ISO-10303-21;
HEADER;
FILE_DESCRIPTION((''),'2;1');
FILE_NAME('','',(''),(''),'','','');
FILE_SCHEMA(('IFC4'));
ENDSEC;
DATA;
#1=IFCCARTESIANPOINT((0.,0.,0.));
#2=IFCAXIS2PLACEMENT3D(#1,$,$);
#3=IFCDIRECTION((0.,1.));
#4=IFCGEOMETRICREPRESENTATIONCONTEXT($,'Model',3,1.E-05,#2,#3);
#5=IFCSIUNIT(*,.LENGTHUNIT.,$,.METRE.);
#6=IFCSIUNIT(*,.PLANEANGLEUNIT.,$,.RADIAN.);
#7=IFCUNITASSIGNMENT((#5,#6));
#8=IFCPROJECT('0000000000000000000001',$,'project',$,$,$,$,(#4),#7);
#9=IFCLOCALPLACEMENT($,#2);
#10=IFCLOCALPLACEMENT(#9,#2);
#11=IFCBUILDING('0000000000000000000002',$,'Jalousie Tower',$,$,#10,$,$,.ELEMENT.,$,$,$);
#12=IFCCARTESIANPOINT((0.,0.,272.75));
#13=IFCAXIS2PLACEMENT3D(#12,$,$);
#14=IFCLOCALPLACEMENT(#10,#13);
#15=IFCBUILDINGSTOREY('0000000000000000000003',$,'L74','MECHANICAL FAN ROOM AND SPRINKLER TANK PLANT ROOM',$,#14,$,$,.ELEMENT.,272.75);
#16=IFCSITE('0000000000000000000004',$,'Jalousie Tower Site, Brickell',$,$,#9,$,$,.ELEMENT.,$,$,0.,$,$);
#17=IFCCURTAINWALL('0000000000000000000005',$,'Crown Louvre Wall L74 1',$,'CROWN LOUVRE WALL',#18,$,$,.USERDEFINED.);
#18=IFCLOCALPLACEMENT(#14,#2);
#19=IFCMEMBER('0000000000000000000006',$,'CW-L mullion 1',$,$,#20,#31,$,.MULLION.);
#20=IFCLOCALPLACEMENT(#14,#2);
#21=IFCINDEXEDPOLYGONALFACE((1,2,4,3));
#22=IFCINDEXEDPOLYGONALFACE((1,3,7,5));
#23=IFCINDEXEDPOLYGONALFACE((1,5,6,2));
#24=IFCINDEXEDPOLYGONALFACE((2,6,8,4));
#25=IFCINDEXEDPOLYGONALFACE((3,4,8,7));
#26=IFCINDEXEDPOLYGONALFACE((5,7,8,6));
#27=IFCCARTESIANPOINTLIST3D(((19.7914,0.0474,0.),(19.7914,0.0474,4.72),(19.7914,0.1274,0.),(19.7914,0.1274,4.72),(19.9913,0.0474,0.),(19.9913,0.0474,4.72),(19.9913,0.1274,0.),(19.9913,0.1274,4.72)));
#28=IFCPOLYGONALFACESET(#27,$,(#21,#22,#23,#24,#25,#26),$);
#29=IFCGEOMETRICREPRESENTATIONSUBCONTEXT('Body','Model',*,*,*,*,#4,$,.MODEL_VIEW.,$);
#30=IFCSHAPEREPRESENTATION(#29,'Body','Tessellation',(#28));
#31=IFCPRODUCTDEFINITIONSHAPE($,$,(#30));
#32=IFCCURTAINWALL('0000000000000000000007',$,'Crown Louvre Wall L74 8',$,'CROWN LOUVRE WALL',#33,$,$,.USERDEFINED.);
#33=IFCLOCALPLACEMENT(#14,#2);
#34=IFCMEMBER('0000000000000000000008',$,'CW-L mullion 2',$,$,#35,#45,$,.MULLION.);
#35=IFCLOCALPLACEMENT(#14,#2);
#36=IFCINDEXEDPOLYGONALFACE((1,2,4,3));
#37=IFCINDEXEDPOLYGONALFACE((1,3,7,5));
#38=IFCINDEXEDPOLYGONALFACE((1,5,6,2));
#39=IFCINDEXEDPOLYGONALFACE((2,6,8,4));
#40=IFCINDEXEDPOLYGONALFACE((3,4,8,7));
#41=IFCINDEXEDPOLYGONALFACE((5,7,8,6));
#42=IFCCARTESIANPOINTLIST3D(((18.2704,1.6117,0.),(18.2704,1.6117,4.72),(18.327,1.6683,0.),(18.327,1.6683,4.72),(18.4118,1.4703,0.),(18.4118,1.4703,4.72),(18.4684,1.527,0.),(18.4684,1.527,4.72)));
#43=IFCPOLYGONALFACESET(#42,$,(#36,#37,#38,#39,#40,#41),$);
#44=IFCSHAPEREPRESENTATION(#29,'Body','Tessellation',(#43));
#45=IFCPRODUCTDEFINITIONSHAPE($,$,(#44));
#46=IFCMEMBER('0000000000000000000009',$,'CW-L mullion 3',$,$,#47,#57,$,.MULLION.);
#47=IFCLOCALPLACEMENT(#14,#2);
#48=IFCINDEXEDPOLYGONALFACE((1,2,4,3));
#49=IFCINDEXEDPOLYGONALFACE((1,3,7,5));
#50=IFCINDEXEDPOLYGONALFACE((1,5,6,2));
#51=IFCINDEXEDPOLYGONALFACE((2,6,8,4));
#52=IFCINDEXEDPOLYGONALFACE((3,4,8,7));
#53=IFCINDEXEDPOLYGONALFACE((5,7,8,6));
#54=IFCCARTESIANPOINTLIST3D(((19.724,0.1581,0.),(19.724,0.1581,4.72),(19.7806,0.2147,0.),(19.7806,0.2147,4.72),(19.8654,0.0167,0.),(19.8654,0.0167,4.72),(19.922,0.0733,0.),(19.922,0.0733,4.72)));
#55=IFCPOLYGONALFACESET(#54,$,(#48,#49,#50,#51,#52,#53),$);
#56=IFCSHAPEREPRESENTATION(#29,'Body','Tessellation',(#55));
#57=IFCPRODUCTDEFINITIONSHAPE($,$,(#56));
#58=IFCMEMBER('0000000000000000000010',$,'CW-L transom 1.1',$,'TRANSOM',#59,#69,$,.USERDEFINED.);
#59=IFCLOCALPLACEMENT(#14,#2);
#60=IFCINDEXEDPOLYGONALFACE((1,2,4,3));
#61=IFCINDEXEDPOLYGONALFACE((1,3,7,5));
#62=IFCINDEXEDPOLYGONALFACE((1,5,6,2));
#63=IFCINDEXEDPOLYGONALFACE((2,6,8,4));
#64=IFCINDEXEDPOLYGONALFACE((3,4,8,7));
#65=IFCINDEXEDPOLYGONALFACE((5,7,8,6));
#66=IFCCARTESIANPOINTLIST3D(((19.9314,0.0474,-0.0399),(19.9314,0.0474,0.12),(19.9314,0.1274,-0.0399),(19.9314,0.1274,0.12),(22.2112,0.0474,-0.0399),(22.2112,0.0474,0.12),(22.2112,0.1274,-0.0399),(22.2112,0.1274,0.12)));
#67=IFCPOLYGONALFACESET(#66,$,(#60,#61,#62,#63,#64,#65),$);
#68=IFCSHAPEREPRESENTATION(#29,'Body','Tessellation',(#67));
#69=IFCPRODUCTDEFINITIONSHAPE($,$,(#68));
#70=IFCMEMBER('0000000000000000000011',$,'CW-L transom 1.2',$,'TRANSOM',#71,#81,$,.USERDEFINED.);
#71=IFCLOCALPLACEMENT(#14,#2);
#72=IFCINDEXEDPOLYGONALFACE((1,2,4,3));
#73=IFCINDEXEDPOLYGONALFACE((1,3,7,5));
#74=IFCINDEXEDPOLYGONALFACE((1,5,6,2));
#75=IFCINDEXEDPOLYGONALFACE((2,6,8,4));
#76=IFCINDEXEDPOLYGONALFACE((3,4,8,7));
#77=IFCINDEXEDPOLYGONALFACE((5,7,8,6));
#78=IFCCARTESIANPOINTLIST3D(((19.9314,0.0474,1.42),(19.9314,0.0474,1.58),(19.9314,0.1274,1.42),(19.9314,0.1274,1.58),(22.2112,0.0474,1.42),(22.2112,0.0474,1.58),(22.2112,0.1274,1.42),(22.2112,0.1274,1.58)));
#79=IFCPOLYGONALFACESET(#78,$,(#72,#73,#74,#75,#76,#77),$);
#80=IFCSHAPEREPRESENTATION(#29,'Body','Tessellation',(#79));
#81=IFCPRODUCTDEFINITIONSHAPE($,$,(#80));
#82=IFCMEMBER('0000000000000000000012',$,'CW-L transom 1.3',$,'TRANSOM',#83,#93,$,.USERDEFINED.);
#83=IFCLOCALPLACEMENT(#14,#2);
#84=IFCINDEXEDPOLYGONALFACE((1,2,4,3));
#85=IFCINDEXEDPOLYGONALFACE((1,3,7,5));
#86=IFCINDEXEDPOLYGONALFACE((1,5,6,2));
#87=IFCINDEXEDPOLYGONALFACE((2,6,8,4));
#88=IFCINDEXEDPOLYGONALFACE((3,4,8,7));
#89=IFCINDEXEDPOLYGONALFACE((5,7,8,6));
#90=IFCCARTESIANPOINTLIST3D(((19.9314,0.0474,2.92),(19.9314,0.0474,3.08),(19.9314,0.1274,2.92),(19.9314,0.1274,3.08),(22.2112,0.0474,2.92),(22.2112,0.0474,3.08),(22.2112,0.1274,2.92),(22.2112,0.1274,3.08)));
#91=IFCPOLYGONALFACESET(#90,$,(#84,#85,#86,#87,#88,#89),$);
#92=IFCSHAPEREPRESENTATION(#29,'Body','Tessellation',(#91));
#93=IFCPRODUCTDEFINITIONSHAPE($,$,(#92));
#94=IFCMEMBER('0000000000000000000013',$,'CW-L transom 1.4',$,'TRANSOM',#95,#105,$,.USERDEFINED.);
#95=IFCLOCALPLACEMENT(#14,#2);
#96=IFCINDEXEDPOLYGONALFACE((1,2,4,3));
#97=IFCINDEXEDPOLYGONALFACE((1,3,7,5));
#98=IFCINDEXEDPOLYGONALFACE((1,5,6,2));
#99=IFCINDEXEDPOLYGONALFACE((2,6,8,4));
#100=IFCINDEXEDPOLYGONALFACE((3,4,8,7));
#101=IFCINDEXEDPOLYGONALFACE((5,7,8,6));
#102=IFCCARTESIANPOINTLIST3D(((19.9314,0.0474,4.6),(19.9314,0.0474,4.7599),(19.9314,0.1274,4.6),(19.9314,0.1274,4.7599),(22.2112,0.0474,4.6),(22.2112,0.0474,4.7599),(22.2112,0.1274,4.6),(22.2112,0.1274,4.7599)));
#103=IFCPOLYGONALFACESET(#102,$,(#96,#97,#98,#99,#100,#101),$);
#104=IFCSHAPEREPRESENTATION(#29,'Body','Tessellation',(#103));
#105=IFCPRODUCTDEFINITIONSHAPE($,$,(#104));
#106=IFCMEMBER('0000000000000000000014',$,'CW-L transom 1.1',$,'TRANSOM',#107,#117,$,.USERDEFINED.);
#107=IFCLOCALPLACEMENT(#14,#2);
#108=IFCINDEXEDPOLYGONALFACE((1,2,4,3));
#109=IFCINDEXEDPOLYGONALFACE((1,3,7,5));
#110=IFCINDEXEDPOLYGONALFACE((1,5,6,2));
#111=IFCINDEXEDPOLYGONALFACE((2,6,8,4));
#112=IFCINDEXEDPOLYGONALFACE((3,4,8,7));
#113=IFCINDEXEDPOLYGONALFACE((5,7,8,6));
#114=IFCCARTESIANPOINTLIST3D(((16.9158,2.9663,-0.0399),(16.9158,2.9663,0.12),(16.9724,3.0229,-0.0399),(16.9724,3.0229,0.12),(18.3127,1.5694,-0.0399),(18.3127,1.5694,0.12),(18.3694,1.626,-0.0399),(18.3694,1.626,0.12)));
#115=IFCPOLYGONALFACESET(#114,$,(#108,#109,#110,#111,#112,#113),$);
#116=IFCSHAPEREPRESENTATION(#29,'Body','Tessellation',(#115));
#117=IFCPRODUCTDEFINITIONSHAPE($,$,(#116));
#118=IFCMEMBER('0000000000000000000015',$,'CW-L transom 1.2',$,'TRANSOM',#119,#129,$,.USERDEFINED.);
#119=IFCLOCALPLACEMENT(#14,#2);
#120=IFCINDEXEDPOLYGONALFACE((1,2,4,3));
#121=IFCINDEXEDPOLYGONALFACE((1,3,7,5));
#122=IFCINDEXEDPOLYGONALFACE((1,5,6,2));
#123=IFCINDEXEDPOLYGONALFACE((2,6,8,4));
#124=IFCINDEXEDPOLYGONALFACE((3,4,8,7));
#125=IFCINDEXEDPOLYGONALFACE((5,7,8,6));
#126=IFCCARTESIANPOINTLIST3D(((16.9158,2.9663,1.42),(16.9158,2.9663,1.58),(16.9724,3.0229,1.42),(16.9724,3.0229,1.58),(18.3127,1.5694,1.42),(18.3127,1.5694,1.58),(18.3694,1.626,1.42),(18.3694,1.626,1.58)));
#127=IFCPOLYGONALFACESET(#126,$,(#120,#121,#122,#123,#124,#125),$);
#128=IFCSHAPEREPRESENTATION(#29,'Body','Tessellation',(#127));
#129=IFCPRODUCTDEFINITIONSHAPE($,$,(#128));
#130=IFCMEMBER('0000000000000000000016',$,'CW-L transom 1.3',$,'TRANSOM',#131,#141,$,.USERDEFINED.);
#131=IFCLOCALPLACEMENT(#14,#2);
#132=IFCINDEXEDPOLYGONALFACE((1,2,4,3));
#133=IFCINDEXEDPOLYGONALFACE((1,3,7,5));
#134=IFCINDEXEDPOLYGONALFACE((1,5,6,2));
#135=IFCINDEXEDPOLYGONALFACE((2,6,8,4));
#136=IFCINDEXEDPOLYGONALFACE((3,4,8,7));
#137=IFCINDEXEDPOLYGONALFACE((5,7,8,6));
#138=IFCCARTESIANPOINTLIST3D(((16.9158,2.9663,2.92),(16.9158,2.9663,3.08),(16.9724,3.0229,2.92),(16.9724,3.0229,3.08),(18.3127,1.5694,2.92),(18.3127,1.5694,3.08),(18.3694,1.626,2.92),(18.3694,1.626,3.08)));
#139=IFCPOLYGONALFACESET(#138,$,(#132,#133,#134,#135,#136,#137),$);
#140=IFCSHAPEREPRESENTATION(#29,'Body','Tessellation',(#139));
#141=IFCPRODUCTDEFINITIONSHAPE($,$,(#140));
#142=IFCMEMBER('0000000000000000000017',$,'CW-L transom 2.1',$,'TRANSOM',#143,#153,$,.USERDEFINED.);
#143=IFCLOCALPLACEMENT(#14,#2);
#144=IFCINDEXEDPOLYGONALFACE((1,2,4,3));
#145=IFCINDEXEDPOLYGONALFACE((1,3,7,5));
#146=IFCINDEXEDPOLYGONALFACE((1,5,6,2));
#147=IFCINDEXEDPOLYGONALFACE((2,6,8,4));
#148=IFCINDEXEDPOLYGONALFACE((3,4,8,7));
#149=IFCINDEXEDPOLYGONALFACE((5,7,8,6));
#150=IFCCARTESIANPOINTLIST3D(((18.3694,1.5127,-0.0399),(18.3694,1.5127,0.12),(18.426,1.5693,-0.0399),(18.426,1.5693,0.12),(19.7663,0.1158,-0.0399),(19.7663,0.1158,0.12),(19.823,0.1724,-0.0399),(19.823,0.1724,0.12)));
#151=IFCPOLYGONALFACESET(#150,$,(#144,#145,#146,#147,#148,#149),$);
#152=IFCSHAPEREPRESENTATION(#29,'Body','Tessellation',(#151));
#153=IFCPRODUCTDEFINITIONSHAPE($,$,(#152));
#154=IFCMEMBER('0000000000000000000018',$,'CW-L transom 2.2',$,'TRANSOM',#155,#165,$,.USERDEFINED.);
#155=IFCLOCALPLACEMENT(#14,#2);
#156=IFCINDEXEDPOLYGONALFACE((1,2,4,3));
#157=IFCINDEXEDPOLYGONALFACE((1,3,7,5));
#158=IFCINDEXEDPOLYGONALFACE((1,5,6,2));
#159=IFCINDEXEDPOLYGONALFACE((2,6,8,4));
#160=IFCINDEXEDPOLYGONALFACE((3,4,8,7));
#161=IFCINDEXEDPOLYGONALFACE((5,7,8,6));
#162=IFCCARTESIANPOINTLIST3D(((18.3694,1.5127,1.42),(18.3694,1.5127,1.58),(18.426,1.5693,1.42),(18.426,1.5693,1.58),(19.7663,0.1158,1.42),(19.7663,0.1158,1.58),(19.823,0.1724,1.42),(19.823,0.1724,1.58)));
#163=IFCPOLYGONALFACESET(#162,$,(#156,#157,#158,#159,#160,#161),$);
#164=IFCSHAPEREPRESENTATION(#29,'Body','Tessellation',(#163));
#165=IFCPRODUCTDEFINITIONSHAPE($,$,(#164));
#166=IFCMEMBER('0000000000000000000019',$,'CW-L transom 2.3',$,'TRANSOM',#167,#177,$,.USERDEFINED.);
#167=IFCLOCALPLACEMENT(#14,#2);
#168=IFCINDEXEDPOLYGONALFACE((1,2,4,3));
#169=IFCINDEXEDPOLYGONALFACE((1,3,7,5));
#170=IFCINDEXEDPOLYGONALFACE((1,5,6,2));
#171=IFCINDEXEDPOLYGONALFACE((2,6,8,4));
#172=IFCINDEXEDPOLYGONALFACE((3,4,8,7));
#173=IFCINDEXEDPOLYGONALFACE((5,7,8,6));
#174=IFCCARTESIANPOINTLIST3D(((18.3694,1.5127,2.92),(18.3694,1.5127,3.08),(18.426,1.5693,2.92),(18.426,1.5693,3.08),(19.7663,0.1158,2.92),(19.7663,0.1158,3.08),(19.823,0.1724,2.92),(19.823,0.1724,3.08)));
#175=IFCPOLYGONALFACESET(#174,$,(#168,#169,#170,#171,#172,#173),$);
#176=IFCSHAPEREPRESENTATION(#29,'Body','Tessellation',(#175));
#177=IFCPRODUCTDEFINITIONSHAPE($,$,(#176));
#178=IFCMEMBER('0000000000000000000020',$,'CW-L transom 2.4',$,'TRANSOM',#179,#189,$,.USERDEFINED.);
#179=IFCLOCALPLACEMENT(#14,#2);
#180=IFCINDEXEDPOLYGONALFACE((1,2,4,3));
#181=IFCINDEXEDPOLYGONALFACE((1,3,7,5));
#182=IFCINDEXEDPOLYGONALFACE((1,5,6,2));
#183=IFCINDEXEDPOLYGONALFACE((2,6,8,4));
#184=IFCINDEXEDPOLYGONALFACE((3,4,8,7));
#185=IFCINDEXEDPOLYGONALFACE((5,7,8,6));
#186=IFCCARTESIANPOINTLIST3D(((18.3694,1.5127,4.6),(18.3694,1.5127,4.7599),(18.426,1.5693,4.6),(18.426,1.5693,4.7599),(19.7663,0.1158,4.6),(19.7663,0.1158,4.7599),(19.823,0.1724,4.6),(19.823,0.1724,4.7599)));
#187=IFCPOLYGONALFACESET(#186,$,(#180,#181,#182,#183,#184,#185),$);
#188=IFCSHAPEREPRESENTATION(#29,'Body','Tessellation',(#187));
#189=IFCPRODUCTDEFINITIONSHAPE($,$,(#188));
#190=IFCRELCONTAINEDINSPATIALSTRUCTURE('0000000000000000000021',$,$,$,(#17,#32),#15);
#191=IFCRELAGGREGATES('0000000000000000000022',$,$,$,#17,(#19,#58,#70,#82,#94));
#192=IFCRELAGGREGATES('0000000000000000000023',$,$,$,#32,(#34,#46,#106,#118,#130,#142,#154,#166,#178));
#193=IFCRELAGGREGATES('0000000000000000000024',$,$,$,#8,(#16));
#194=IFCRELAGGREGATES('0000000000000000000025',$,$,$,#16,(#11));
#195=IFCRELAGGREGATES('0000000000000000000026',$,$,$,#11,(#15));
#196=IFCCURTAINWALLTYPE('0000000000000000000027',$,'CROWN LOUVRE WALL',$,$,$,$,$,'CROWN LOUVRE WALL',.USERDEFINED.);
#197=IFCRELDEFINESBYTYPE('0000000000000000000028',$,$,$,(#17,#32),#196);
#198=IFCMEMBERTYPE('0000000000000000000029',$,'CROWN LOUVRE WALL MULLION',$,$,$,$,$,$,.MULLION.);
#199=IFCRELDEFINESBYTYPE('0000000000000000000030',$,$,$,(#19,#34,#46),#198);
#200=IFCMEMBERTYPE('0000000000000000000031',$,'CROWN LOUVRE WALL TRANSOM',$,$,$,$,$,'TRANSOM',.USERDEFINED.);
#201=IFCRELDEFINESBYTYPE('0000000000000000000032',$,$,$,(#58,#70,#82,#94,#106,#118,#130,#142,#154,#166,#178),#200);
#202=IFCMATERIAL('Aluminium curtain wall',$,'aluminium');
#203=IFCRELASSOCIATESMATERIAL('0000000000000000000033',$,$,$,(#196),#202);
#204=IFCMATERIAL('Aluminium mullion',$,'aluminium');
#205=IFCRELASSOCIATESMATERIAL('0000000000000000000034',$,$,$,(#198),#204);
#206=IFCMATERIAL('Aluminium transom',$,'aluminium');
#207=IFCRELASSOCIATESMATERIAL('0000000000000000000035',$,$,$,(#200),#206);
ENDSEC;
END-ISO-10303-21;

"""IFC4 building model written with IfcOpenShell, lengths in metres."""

from ifc_helpers import new_model, si_unit, direction, frame, origin, origin_2d, place, context, subcontext, project, spatial, rectangle, extrude, material, material_profile, profile_set, type_object, element, aggregate, save


model = new_model("IFC4")

# Units and contexts
model_context = context("Model", 3, precision=1e-05, world=origin(), true_north=direction((0.0, 1.0)))
body_context = subcontext(model_context, "Body", "Model", "MODEL_VIEW")
ifc_project = project(units=[si_unit("LENGTHUNIT", "METRE"), si_unit("PLANEANGLEUNIT", "RADIAN")], contexts=[model_context])

# Site, building, storey
site_placement = place(None, origin())
site = spatial("IfcSite", under=ifc_project, at=site_placement, Name="Jalousie Tower Site, Brickell", CompositionType="ELEMENT", RefElevation=0.0)
building_placement = place(site_placement, origin())
building = spatial("IfcBuilding", under=site, at=building_placement, Name="Jalousie Tower", CompositionType="ELEMENT")
storey_placement = place(building_placement, frame((0.0, 0.0, 272.75)))
storey = spatial("IfcBuildingStorey", under=building, at=storey_placement, Name="L74", Description="MECHANICAL FAN ROOM AND SPRINKLER TANK PLANT ROOM", CompositionType="ELEMENT", Elevation=272.75)

# Curtain wall, member
ifc_material_1 = material(Name="Aluminium curtain wall", Category="aluminium")
curtain_wall_type = type_object("IfcCurtainWallType", Name="CROWN LOUVRE WALL", ElementType="CROWN LOUVRE WALL", PredefinedType="USERDEFINED", material=ifc_material_1)
curtain_wall_1_placement = place(storey_placement, origin())
curtain_wall_1 = element("IfcCurtainWall", 1, at=curtain_wall_1_placement, inside=storey, type_object=curtain_wall_type, Name="Crown Louvre Wall L74 1", ObjectType="CROWN LOUVRE WALL", PredefinedType="USERDEFINED")
ifc_material_2 = material(Name="Aluminium mullion", Category="aluminium")
ifc_material_profile_1 = material_profile(ifc_material_2, rectangle(XDim=0.0801, YDim=0.2, at=origin_2d()), Name="MULLION 80x200")
ifc_profile_set_1 = profile_set([ifc_material_profile_1], Name="Aluminium mullion")
member_type_1 = type_object("IfcMemberType", Name="CROWN LOUVRE WALL MULLION", PredefinedType="MULLION", material=ifc_profile_set_1)
member_1_placement = place(storey_placement, frame((19.8914, 0.0874, 0.0), z_axis=(0.0, 0.0, 1.0), x_axis=(0.0, 1.0, 0.0)))
member_1 = element("IfcMember", 2, at=member_1_placement, type_object=member_type_1, Name="CW-L mullion 1", PredefinedType="MULLION", context=body_context, shape_type="SweptSolid", body=[
    extrude(rectangle(XDim=0.0801, YDim=0.2, at=origin_2d()), origin(), (0.0, 0.0, 1.0), 4.72),
])

# Curtain wall, members
curtain_wall_2_placement = place(storey_placement, origin())
curtain_wall_2 = element("IfcCurtainWall", 3, at=curtain_wall_2_placement, inside=storey, type_object=curtain_wall_type, Name="Crown Louvre Wall L74 8", ObjectType="CROWN LOUVRE WALL", PredefinedType="USERDEFINED")
member_2_placement = place(storey_placement, frame((18.3694, 1.5693, 0.0), z_axis=(0.0, 0.0, 1.0), x_axis=(0.707107, 0.707107, 0.0)))
member_2 = element("IfcMember", 4, at=member_2_placement, type_object=member_type_1, Name="CW-L mullion 2", PredefinedType="MULLION", context=body_context, shape_type="SweptSolid", body=[
    extrude(rectangle(XDim=0.0801, YDim=0.2, at=origin_2d()), origin(), (0.0, 0.0, 1.0), 4.72),
])
member_3_placement = place(storey_placement, frame((19.823, 0.1157, 0.0), z_axis=(0.0, 0.0, 1.0), x_axis=(0.707107, 0.707107, 0.0)))
member_3 = element("IfcMember", 5, at=member_3_placement, type_object=member_type_1, Name="CW-L mullion 3", PredefinedType="MULLION", context=body_context, shape_type="SweptSolid", body=[
    extrude(rectangle(XDim=0.0801, YDim=0.2, at=origin_2d()), origin(), (0.0, 0.0, 1.0), 4.72),
])

# Members
ifc_material_3 = material(Name="Aluminium transom", Category="aluminium")
ifc_material_profile_2 = material_profile(ifc_material_3, rectangle(XDim=0.0801, YDim=0.1599, at=origin_2d()), Name="TRANSOM 80x160")
ifc_profile_set_2 = profile_set([ifc_material_profile_2], Name="Aluminium transom")
member_type_2 = type_object("IfcMemberType", Name="CROWN LOUVRE WALL TRANSOM", ElementType="TRANSOM", PredefinedType="USERDEFINED", material=ifc_profile_set_2)
member_4_placement = place(storey_placement, frame((19.9314, 0.0874, 0.04), z_axis=(1.0, 0.0, 0.0), x_axis=(0.0, 1.0, 0.0)))
member_4 = element("IfcMember", 6, at=member_4_placement, type_object=member_type_2, Name="CW-L transom 1.1", ObjectType="TRANSOM", PredefinedType="USERDEFINED", context=body_context, shape_type="SweptSolid", body=[
    extrude(rectangle(XDim=0.0801, YDim=0.1599, at=origin_2d()), origin(), (0.0, 0.0, 1.0), 2.2798),
])
member_5_placement = place(storey_placement, frame((19.9314, 0.0874, 1.5), z_axis=(1.0, 0.0, 0.0), x_axis=(0.0, 1.0, 0.0)))
member_5 = element("IfcMember", 7, at=member_5_placement, type_object=member_type_2, Name="CW-L transom 1.2", ObjectType="TRANSOM", PredefinedType="USERDEFINED", context=body_context, shape_type="SweptSolid", body=[
    extrude(rectangle(XDim=0.0801, YDim=0.1599, at=origin_2d()), origin(), (0.0, 0.0, 1.0), 2.2798),
])
member_6_placement = place(storey_placement, frame((19.9314, 0.0874, 3.0), z_axis=(1.0, 0.0, 0.0), x_axis=(0.0, 1.0, 0.0)))
member_6 = element("IfcMember", 8, at=member_6_placement, type_object=member_type_2, Name="CW-L transom 1.3", ObjectType="TRANSOM", PredefinedType="USERDEFINED", context=body_context, shape_type="SweptSolid", body=[
    extrude(rectangle(XDim=0.0801, YDim=0.1599, at=origin_2d()), origin(), (0.0, 0.0, 1.0), 2.2798),
])
member_7_placement = place(storey_placement, frame((19.9314, 0.0874, 4.6799), z_axis=(1.0, 0.0, 0.0), x_axis=(0.0, 1.0, 0.0)))
member_7 = element("IfcMember", 9, at=member_7_placement, type_object=member_type_2, Name="CW-L transom 1.4", ObjectType="TRANSOM", PredefinedType="USERDEFINED", context=body_context, shape_type="SweptSolid", body=[
    extrude(rectangle(XDim=0.0801, YDim=0.1599, at=origin_2d()), origin(), (0.0, 0.0, 1.0), 2.2798),
])
aggregate(curtain_wall_1, [member_1, member_4, member_5, member_6, member_7])
member_8_placement = place(storey_placement, frame((16.9441, 2.9946, 0.04), z_axis=(0.707107, -0.707107, 0.0), x_axis=(0.707107, 0.707107, 0.0)))
member_8 = element("IfcMember", 10, at=member_8_placement, type_object=member_type_2, Name="CW-L transom 1.1", ObjectType="TRANSOM", PredefinedType="USERDEFINED", context=body_context, shape_type="SweptSolid", body=[
    extrude(rectangle(XDim=0.0801, YDim=0.1599, at=origin_2d()), origin(), (0.0, 0.0, 1.0), 1.9756),
])
member_9_placement = place(storey_placement, frame((16.9441, 2.9946, 1.5), z_axis=(0.707107, -0.707107, 0.0), x_axis=(0.707107, 0.707107, 0.0)))
member_9 = element("IfcMember", 11, at=member_9_placement, type_object=member_type_2, Name="CW-L transom 1.2", ObjectType="TRANSOM", PredefinedType="USERDEFINED", context=body_context, shape_type="SweptSolid", body=[
    extrude(rectangle(XDim=0.0801, YDim=0.1599, at=origin_2d()), origin(), (0.0, 0.0, 1.0), 1.9756),
])
member_10_placement = place(storey_placement, frame((16.9441, 2.9946, 3.0), z_axis=(0.707107, -0.707107, 0.0), x_axis=(0.707107, 0.707107, 0.0)))
member_10 = element("IfcMember", 12, at=member_10_placement, type_object=member_type_2, Name="CW-L transom 1.3", ObjectType="TRANSOM", PredefinedType="USERDEFINED", context=body_context, shape_type="SweptSolid", body=[
    extrude(rectangle(XDim=0.0801, YDim=0.1599, at=origin_2d()), origin(), (0.0, 0.0, 1.0), 1.9756),
])
member_11_placement = place(storey_placement, frame((18.3977, 1.541, 0.04), z_axis=(0.707107, -0.707107, 0.0), x_axis=(0.707107, 0.707107, 0.0)))
member_11 = element("IfcMember", 13, at=member_11_placement, type_object=member_type_2, Name="CW-L transom 2.1", ObjectType="TRANSOM", PredefinedType="USERDEFINED", context=body_context, shape_type="SweptSolid", body=[
    extrude(rectangle(XDim=0.0801, YDim=0.1599, at=origin_2d()), origin(), (0.0, 0.0, 1.0), 1.9756),
])
member_12_placement = place(storey_placement, frame((18.3977, 1.541, 1.5), z_axis=(0.707107, -0.707107, 0.0), x_axis=(0.707107, 0.707107, 0.0)))
member_12 = element("IfcMember", 14, at=member_12_placement, type_object=member_type_2, Name="CW-L transom 2.2", ObjectType="TRANSOM", PredefinedType="USERDEFINED", context=body_context, shape_type="SweptSolid", body=[
    extrude(rectangle(XDim=0.0801, YDim=0.1599, at=origin_2d()), origin(), (0.0, 0.0, 1.0), 1.9756),
])
member_13_placement = place(storey_placement, frame((18.3977, 1.541, 3.0), z_axis=(0.707107, -0.707107, 0.0), x_axis=(0.707107, 0.707107, 0.0)))
member_13 = element("IfcMember", 15, at=member_13_placement, type_object=member_type_2, Name="CW-L transom 2.3", ObjectType="TRANSOM", PredefinedType="USERDEFINED", context=body_context, shape_type="SweptSolid", body=[
    extrude(rectangle(XDim=0.0801, YDim=0.1599, at=origin_2d()), origin(), (0.0, 0.0, 1.0), 1.9756),
])
member_14_placement = place(storey_placement, frame((18.3977, 1.541, 4.6799), z_axis=(0.707107, -0.707107, 0.0), x_axis=(0.707107, 0.707107, 0.0)))
member_14 = element("IfcMember", 16, at=member_14_placement, type_object=member_type_2, Name="CW-L transom 2.4", ObjectType="TRANSOM", PredefinedType="USERDEFINED", context=body_context, shape_type="SweptSolid", body=[
    extrude(rectangle(XDim=0.0801, YDim=0.1599, at=origin_2d()), origin(), (0.0, 0.0, 1.0), 1.9756),
])

aggregate(curtain_wall_2, [member_2, member_3, member_8, member_9, member_10, member_11, member_12, member_13, member_14])

save(model, "model.ifc")
